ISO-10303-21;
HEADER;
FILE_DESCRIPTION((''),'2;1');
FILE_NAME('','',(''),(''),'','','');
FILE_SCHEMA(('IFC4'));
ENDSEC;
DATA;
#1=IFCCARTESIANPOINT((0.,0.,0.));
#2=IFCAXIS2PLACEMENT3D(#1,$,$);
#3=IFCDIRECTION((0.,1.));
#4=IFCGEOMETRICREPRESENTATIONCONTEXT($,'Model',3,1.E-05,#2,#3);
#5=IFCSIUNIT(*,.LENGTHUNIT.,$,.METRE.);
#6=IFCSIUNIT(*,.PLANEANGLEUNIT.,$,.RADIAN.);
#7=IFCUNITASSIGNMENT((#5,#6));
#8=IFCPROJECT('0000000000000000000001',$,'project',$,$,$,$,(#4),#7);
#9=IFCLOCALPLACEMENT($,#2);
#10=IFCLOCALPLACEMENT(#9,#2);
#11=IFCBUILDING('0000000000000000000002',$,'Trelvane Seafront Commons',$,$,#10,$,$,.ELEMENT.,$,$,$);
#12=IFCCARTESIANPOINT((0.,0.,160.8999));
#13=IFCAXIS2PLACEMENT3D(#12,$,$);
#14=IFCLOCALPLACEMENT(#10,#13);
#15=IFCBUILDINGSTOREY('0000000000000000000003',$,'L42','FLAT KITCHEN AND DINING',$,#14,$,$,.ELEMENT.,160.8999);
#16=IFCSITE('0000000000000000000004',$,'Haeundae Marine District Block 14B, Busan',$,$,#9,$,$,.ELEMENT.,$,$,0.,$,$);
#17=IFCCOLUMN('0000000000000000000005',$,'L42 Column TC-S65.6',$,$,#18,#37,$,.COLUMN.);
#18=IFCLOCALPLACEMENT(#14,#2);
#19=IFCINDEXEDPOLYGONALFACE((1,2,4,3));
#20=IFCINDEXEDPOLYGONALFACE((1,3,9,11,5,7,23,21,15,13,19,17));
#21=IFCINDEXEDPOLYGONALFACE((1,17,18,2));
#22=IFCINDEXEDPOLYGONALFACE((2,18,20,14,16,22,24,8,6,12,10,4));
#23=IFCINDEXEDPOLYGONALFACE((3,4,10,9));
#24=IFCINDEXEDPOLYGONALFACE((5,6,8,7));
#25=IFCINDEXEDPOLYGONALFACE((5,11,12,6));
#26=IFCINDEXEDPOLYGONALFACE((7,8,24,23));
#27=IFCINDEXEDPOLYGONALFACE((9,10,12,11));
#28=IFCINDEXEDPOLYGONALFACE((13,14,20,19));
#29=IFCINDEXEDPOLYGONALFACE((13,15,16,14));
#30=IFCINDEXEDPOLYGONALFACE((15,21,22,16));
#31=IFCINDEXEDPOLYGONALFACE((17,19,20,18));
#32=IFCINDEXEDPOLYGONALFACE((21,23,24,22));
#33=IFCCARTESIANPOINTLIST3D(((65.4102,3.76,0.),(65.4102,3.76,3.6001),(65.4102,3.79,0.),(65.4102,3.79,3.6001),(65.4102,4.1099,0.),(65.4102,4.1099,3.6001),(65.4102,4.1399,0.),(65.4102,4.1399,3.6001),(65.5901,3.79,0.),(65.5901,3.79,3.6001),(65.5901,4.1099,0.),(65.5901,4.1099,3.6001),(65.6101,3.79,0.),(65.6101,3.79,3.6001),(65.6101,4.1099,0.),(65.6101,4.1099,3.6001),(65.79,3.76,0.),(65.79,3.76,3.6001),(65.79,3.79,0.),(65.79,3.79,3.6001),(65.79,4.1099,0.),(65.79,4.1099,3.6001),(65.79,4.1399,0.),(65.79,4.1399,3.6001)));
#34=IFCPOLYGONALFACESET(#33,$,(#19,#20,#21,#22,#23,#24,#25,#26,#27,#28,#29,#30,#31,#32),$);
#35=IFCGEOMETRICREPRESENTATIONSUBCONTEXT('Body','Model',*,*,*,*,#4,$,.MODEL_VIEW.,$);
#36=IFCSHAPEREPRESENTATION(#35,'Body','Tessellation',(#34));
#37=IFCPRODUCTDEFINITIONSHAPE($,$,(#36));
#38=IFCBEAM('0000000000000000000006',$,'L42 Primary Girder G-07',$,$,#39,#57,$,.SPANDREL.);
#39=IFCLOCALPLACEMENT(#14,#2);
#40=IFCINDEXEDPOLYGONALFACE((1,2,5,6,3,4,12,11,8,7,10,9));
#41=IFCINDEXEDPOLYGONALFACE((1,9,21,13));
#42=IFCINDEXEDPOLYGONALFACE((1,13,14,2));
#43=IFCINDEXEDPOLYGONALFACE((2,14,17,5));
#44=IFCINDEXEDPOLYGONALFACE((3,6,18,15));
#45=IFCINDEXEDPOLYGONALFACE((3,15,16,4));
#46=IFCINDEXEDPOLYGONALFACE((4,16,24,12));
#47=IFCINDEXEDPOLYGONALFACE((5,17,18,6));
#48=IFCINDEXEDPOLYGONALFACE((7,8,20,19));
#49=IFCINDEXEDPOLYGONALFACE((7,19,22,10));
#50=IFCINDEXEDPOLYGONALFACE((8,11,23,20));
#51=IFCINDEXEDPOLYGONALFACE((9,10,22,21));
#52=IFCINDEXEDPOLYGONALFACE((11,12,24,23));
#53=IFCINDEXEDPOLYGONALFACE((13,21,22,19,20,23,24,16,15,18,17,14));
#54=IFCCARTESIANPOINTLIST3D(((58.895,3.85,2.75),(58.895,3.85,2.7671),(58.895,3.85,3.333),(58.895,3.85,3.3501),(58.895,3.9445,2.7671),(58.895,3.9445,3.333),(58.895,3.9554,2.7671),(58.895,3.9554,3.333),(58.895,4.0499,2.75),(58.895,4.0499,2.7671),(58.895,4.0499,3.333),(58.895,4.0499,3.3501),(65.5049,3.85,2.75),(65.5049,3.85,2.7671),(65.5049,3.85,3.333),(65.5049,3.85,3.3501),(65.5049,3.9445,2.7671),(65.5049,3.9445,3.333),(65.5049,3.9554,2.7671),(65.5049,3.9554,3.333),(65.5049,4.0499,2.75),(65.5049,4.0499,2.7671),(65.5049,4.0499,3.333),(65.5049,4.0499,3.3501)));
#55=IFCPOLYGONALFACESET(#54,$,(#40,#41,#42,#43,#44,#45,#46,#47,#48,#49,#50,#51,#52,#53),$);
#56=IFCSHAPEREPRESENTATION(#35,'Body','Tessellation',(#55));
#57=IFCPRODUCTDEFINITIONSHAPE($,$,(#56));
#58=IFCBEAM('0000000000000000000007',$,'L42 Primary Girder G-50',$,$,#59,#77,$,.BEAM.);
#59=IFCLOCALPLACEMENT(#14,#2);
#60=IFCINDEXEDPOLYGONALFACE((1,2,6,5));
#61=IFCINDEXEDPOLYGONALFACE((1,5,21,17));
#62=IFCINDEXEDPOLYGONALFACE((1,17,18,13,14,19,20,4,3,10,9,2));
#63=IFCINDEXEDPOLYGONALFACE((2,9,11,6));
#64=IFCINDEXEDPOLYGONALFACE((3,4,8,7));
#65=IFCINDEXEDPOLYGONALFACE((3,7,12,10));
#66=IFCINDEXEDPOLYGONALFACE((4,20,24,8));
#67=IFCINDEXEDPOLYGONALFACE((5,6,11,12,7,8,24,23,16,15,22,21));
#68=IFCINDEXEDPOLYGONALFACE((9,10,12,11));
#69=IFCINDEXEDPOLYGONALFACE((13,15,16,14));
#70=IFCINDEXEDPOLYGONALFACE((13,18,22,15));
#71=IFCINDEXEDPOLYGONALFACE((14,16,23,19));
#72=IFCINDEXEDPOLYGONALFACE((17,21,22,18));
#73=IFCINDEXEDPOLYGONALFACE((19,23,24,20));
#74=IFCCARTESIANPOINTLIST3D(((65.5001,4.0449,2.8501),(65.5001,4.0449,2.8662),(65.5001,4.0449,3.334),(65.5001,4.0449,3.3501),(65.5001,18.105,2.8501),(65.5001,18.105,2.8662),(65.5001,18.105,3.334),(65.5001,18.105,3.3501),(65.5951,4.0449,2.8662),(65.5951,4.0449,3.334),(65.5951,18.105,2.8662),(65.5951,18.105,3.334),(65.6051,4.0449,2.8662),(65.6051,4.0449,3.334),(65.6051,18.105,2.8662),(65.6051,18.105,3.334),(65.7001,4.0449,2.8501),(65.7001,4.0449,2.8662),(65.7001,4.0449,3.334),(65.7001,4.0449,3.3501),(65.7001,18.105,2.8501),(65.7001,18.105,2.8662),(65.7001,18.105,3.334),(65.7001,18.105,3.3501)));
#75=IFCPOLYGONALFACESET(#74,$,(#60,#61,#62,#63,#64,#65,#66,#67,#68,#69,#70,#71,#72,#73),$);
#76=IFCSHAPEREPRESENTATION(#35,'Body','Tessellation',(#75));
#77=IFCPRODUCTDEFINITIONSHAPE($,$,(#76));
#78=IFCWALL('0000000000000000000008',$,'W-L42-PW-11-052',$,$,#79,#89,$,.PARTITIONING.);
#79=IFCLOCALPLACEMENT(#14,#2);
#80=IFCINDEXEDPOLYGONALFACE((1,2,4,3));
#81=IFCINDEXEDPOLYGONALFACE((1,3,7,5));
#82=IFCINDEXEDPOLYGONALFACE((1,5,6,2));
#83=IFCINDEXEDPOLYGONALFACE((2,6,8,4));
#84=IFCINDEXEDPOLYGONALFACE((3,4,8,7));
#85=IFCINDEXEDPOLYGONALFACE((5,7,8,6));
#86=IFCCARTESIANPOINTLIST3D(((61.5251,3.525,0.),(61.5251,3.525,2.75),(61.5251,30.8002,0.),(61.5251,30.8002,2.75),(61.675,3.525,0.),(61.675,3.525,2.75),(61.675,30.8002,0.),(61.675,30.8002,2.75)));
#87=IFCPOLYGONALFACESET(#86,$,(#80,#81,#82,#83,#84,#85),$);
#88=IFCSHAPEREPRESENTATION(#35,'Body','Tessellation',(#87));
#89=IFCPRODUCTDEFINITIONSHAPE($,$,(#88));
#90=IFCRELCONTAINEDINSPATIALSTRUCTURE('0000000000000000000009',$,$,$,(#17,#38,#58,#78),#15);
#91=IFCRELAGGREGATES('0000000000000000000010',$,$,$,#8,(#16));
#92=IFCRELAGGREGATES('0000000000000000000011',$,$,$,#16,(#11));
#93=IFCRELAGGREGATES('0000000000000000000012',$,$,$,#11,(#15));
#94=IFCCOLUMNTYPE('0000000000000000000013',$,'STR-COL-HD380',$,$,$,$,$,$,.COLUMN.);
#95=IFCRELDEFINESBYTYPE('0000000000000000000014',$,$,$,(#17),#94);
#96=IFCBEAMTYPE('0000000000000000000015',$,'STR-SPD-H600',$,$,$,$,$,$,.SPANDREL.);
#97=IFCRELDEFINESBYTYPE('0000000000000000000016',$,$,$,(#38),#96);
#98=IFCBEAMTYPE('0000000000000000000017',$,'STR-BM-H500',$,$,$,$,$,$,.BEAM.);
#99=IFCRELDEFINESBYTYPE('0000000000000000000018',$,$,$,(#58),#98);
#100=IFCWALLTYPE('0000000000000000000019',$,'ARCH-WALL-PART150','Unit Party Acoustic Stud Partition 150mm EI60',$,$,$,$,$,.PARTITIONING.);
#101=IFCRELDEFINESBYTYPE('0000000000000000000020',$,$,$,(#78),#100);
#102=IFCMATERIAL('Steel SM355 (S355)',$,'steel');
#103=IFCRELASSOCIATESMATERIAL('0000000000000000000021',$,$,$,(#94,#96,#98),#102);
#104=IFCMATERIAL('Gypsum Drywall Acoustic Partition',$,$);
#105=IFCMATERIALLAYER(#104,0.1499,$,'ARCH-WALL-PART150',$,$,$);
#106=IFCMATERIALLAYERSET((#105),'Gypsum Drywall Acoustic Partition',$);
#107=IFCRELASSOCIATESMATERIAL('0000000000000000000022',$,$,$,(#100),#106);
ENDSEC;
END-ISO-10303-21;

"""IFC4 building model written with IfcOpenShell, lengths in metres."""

from ifc_helpers import new_model, si_unit, direction, frame, frame_2d, origin, origin_2d, place, context, subcontext, project, spatial, rectangle, i_section, extrude, source, transform, mapped, material, layer, layer_set, material_profile, profile_set, type_object, element, save


model = new_model("IFC4")

# Units and contexts
model_context = context("Model", 3, precision=1e-05, world=origin(), true_north=direction((0.0, 1.0)))
body_context = subcontext(model_context, "Body", "Model", "MODEL_VIEW")
ifc_project = project(units=[si_unit("LENGTHUNIT", "METRE"), si_unit("PLANEANGLEUNIT", "RADIAN")], contexts=[model_context])

# Site, building, storey
site_placement = place(None, origin())
site = spatial("IfcSite", under=ifc_project, at=site_placement, Name="Haeundae Marine District Block 14B, Busan", CompositionType="ELEMENT", RefElevation=0.0)
building_placement = place(site_placement, origin())
building = spatial("IfcBuilding", under=site, at=building_placement, Name="Trelvane Seafront Commons", CompositionType="ELEMENT")
storey_placement = place(building_placement, frame((0.0, 0.0, 160.8999)))
storey = spatial("IfcBuildingStorey", under=building, at=storey_placement, Name="L42", Description="FLAT KITCHEN AND DINING", CompositionType="ELEMENT", Elevation=160.8999)

# Column
ifc_material_1 = material(Name="Steel SM355 (S355)", Category="steel")
ifc_material_profile_1 = material_profile(ifc_material_1, i_section(OverallWidth=0.3799, OverallDepth=0.3799, WebThickness=0.02, FlangeThickness=0.03, at=origin_2d()), Name="HD-380x380x20x30")
ifc_profile_set_1 = profile_set([ifc_material_profile_1], Name="Steel SM355 (S355)")
column_type = type_object("IfcColumnType", Name="STR-COL-HD380", PredefinedType="COLUMN", material=ifc_profile_set_1)
shared_shape_1 = source(origin(), body_context, "Body", "SweptSolid", [
    extrude(i_section(OverallWidth=0.3799, OverallDepth=0.3799, WebThickness=0.02, FlangeThickness=0.03, at=origin_2d()), origin(), (0.0, 0.0, 1.0), 3.6001),
])
column_placement = place(storey_placement, frame((65.6001, 3.95, 0.0), z_axis=(0.0, 0.0, 1.0), x_axis=(1.0, 0.0, 0.0)))
element("IfcColumn", 1, at=column_placement, inside=storey, type_object=column_type, Name="L42 Column TC-S65.6", PredefinedType="COLUMN", context=body_context, shape_type="MappedRepresentation", body=[
    mapped(shared_shape_1, transform((0.0, 0.0, 0.0), x_axis=(1.0, 0.0, 0.0), y_axis=(0.0, 1.0, 0.0), z_axis=(0.0, 0.0, 1.0), scale=1.0)),
])

# Beams
ifc_material_profile_2 = material_profile(ifc_material_1, i_section(OverallWidth=0.2, OverallDepth=0.6001, WebThickness=0.011, FlangeThickness=0.0171, at=origin_2d()), Name="H-600x200x11x17")
ifc_profile_set_2 = profile_set([ifc_material_profile_2], Name="Steel SM355 (S355)")
beam_type_1 = type_object("IfcBeamType", Name="STR-SPD-H600", PredefinedType="SPANDREL", material=ifc_profile_set_2)
shared_shape_2 = source(origin(), body_context, "Body", "SweptSolid", [
    extrude(i_section(OverallWidth=0.2, OverallDepth=0.6001, WebThickness=0.011, FlangeThickness=0.0171, at=origin_2d()), origin(), (0.0, 0.0, 1.0), 6.6099),
])
beam_1_placement = place(storey_placement, frame((58.895, 3.95, 3.05), z_axis=(1.0, 0.0, 0.0), x_axis=(0.0, 1.0, 0.0)))
element("IfcBeam", 2, at=beam_1_placement, inside=storey, type_object=beam_type_1, Name="L42 Primary Girder G-07", PredefinedType="SPANDREL", context=body_context, shape_type="MappedRepresentation", body=[
    mapped(shared_shape_2, transform((0.0, 0.0, 0.0), x_axis=(1.0, 0.0, 0.0), y_axis=(0.0, 1.0, 0.0), z_axis=(0.0, 0.0, 1.0), scale=1.0)),
])
ifc_material_profile_3 = material_profile(ifc_material_1, i_section(OverallWidth=0.2, OverallDepth=0.5, WebThickness=0.01, FlangeThickness=0.0161, at=origin_2d()), Name="H-500x200x10x16")
ifc_profile_set_3 = profile_set([ifc_material_profile_3], Name="Steel SM355 (S355)")
beam_type_2 = type_object("IfcBeamType", Name="STR-BM-H500", PredefinedType="BEAM", material=ifc_profile_set_3)
shared_shape_3 = source(origin(), body_context, "Body", "SweptSolid", [
    extrude(i_section(OverallWidth=0.2, OverallDepth=0.5, WebThickness=0.01, FlangeThickness=0.0161, at=origin_2d()), origin(), (0.0, 0.0, 1.0), 14.0601),
])
beam_2_placement = place(storey_placement, frame((65.6001, 4.0449, 3.1001), z_axis=(0.0, 1.0, 0.0), x_axis=(-1.0, 0.0, 0.0)))
element("IfcBeam", 3, at=beam_2_placement, inside=storey, type_object=beam_type_2, Name="L42 Primary Girder G-50", PredefinedType="BEAM", context=body_context, shape_type="MappedRepresentation", body=[
    mapped(shared_shape_3, transform((0.0, 0.0, 0.0), x_axis=(1.0, 0.0, 0.0), y_axis=(0.0, 1.0, 0.0), z_axis=(0.0, 0.0, 1.0), scale=1.0)),
])

# Wall
ifc_material_2 = material(Name="Gypsum Drywall Acoustic Partition")
ifc_layer_1 = layer(ifc_material_2, 0.1499, Name="ARCH-WALL-PART150")
ifc_layer_set_1 = layer_set([ifc_layer_1], Name="Gypsum Drywall Acoustic Partition")
wall_type_1 = type_object("IfcWallType", Name="ARCH-WALL-PART150", Description="Unit Party Acoustic Stud Partition 150mm EI60", PredefinedType="PARTITIONING", material=ifc_layer_set_1)
wall_1_placement = place(storey_placement, frame((61.6001, 3.5249, 0.0), z_axis=(0.0, 0.0, 1.0), x_axis=(0.0, 1.0, 0.0)))
element("IfcWall", 4, at=wall_1_placement, inside=storey, type_object=wall_type_1, Name="W-L42-PW-11-052", PredefinedType="PARTITIONING", context=body_context, shape_type="SweptSolid", body=[
    extrude(rectangle(XDim=27.2751, YDim=0.1499, at=frame_2d((13.6377, 0.0))), origin(), (0.0, 0.0, 1.0), 2.75),
])

save(model, "model.ifc")
